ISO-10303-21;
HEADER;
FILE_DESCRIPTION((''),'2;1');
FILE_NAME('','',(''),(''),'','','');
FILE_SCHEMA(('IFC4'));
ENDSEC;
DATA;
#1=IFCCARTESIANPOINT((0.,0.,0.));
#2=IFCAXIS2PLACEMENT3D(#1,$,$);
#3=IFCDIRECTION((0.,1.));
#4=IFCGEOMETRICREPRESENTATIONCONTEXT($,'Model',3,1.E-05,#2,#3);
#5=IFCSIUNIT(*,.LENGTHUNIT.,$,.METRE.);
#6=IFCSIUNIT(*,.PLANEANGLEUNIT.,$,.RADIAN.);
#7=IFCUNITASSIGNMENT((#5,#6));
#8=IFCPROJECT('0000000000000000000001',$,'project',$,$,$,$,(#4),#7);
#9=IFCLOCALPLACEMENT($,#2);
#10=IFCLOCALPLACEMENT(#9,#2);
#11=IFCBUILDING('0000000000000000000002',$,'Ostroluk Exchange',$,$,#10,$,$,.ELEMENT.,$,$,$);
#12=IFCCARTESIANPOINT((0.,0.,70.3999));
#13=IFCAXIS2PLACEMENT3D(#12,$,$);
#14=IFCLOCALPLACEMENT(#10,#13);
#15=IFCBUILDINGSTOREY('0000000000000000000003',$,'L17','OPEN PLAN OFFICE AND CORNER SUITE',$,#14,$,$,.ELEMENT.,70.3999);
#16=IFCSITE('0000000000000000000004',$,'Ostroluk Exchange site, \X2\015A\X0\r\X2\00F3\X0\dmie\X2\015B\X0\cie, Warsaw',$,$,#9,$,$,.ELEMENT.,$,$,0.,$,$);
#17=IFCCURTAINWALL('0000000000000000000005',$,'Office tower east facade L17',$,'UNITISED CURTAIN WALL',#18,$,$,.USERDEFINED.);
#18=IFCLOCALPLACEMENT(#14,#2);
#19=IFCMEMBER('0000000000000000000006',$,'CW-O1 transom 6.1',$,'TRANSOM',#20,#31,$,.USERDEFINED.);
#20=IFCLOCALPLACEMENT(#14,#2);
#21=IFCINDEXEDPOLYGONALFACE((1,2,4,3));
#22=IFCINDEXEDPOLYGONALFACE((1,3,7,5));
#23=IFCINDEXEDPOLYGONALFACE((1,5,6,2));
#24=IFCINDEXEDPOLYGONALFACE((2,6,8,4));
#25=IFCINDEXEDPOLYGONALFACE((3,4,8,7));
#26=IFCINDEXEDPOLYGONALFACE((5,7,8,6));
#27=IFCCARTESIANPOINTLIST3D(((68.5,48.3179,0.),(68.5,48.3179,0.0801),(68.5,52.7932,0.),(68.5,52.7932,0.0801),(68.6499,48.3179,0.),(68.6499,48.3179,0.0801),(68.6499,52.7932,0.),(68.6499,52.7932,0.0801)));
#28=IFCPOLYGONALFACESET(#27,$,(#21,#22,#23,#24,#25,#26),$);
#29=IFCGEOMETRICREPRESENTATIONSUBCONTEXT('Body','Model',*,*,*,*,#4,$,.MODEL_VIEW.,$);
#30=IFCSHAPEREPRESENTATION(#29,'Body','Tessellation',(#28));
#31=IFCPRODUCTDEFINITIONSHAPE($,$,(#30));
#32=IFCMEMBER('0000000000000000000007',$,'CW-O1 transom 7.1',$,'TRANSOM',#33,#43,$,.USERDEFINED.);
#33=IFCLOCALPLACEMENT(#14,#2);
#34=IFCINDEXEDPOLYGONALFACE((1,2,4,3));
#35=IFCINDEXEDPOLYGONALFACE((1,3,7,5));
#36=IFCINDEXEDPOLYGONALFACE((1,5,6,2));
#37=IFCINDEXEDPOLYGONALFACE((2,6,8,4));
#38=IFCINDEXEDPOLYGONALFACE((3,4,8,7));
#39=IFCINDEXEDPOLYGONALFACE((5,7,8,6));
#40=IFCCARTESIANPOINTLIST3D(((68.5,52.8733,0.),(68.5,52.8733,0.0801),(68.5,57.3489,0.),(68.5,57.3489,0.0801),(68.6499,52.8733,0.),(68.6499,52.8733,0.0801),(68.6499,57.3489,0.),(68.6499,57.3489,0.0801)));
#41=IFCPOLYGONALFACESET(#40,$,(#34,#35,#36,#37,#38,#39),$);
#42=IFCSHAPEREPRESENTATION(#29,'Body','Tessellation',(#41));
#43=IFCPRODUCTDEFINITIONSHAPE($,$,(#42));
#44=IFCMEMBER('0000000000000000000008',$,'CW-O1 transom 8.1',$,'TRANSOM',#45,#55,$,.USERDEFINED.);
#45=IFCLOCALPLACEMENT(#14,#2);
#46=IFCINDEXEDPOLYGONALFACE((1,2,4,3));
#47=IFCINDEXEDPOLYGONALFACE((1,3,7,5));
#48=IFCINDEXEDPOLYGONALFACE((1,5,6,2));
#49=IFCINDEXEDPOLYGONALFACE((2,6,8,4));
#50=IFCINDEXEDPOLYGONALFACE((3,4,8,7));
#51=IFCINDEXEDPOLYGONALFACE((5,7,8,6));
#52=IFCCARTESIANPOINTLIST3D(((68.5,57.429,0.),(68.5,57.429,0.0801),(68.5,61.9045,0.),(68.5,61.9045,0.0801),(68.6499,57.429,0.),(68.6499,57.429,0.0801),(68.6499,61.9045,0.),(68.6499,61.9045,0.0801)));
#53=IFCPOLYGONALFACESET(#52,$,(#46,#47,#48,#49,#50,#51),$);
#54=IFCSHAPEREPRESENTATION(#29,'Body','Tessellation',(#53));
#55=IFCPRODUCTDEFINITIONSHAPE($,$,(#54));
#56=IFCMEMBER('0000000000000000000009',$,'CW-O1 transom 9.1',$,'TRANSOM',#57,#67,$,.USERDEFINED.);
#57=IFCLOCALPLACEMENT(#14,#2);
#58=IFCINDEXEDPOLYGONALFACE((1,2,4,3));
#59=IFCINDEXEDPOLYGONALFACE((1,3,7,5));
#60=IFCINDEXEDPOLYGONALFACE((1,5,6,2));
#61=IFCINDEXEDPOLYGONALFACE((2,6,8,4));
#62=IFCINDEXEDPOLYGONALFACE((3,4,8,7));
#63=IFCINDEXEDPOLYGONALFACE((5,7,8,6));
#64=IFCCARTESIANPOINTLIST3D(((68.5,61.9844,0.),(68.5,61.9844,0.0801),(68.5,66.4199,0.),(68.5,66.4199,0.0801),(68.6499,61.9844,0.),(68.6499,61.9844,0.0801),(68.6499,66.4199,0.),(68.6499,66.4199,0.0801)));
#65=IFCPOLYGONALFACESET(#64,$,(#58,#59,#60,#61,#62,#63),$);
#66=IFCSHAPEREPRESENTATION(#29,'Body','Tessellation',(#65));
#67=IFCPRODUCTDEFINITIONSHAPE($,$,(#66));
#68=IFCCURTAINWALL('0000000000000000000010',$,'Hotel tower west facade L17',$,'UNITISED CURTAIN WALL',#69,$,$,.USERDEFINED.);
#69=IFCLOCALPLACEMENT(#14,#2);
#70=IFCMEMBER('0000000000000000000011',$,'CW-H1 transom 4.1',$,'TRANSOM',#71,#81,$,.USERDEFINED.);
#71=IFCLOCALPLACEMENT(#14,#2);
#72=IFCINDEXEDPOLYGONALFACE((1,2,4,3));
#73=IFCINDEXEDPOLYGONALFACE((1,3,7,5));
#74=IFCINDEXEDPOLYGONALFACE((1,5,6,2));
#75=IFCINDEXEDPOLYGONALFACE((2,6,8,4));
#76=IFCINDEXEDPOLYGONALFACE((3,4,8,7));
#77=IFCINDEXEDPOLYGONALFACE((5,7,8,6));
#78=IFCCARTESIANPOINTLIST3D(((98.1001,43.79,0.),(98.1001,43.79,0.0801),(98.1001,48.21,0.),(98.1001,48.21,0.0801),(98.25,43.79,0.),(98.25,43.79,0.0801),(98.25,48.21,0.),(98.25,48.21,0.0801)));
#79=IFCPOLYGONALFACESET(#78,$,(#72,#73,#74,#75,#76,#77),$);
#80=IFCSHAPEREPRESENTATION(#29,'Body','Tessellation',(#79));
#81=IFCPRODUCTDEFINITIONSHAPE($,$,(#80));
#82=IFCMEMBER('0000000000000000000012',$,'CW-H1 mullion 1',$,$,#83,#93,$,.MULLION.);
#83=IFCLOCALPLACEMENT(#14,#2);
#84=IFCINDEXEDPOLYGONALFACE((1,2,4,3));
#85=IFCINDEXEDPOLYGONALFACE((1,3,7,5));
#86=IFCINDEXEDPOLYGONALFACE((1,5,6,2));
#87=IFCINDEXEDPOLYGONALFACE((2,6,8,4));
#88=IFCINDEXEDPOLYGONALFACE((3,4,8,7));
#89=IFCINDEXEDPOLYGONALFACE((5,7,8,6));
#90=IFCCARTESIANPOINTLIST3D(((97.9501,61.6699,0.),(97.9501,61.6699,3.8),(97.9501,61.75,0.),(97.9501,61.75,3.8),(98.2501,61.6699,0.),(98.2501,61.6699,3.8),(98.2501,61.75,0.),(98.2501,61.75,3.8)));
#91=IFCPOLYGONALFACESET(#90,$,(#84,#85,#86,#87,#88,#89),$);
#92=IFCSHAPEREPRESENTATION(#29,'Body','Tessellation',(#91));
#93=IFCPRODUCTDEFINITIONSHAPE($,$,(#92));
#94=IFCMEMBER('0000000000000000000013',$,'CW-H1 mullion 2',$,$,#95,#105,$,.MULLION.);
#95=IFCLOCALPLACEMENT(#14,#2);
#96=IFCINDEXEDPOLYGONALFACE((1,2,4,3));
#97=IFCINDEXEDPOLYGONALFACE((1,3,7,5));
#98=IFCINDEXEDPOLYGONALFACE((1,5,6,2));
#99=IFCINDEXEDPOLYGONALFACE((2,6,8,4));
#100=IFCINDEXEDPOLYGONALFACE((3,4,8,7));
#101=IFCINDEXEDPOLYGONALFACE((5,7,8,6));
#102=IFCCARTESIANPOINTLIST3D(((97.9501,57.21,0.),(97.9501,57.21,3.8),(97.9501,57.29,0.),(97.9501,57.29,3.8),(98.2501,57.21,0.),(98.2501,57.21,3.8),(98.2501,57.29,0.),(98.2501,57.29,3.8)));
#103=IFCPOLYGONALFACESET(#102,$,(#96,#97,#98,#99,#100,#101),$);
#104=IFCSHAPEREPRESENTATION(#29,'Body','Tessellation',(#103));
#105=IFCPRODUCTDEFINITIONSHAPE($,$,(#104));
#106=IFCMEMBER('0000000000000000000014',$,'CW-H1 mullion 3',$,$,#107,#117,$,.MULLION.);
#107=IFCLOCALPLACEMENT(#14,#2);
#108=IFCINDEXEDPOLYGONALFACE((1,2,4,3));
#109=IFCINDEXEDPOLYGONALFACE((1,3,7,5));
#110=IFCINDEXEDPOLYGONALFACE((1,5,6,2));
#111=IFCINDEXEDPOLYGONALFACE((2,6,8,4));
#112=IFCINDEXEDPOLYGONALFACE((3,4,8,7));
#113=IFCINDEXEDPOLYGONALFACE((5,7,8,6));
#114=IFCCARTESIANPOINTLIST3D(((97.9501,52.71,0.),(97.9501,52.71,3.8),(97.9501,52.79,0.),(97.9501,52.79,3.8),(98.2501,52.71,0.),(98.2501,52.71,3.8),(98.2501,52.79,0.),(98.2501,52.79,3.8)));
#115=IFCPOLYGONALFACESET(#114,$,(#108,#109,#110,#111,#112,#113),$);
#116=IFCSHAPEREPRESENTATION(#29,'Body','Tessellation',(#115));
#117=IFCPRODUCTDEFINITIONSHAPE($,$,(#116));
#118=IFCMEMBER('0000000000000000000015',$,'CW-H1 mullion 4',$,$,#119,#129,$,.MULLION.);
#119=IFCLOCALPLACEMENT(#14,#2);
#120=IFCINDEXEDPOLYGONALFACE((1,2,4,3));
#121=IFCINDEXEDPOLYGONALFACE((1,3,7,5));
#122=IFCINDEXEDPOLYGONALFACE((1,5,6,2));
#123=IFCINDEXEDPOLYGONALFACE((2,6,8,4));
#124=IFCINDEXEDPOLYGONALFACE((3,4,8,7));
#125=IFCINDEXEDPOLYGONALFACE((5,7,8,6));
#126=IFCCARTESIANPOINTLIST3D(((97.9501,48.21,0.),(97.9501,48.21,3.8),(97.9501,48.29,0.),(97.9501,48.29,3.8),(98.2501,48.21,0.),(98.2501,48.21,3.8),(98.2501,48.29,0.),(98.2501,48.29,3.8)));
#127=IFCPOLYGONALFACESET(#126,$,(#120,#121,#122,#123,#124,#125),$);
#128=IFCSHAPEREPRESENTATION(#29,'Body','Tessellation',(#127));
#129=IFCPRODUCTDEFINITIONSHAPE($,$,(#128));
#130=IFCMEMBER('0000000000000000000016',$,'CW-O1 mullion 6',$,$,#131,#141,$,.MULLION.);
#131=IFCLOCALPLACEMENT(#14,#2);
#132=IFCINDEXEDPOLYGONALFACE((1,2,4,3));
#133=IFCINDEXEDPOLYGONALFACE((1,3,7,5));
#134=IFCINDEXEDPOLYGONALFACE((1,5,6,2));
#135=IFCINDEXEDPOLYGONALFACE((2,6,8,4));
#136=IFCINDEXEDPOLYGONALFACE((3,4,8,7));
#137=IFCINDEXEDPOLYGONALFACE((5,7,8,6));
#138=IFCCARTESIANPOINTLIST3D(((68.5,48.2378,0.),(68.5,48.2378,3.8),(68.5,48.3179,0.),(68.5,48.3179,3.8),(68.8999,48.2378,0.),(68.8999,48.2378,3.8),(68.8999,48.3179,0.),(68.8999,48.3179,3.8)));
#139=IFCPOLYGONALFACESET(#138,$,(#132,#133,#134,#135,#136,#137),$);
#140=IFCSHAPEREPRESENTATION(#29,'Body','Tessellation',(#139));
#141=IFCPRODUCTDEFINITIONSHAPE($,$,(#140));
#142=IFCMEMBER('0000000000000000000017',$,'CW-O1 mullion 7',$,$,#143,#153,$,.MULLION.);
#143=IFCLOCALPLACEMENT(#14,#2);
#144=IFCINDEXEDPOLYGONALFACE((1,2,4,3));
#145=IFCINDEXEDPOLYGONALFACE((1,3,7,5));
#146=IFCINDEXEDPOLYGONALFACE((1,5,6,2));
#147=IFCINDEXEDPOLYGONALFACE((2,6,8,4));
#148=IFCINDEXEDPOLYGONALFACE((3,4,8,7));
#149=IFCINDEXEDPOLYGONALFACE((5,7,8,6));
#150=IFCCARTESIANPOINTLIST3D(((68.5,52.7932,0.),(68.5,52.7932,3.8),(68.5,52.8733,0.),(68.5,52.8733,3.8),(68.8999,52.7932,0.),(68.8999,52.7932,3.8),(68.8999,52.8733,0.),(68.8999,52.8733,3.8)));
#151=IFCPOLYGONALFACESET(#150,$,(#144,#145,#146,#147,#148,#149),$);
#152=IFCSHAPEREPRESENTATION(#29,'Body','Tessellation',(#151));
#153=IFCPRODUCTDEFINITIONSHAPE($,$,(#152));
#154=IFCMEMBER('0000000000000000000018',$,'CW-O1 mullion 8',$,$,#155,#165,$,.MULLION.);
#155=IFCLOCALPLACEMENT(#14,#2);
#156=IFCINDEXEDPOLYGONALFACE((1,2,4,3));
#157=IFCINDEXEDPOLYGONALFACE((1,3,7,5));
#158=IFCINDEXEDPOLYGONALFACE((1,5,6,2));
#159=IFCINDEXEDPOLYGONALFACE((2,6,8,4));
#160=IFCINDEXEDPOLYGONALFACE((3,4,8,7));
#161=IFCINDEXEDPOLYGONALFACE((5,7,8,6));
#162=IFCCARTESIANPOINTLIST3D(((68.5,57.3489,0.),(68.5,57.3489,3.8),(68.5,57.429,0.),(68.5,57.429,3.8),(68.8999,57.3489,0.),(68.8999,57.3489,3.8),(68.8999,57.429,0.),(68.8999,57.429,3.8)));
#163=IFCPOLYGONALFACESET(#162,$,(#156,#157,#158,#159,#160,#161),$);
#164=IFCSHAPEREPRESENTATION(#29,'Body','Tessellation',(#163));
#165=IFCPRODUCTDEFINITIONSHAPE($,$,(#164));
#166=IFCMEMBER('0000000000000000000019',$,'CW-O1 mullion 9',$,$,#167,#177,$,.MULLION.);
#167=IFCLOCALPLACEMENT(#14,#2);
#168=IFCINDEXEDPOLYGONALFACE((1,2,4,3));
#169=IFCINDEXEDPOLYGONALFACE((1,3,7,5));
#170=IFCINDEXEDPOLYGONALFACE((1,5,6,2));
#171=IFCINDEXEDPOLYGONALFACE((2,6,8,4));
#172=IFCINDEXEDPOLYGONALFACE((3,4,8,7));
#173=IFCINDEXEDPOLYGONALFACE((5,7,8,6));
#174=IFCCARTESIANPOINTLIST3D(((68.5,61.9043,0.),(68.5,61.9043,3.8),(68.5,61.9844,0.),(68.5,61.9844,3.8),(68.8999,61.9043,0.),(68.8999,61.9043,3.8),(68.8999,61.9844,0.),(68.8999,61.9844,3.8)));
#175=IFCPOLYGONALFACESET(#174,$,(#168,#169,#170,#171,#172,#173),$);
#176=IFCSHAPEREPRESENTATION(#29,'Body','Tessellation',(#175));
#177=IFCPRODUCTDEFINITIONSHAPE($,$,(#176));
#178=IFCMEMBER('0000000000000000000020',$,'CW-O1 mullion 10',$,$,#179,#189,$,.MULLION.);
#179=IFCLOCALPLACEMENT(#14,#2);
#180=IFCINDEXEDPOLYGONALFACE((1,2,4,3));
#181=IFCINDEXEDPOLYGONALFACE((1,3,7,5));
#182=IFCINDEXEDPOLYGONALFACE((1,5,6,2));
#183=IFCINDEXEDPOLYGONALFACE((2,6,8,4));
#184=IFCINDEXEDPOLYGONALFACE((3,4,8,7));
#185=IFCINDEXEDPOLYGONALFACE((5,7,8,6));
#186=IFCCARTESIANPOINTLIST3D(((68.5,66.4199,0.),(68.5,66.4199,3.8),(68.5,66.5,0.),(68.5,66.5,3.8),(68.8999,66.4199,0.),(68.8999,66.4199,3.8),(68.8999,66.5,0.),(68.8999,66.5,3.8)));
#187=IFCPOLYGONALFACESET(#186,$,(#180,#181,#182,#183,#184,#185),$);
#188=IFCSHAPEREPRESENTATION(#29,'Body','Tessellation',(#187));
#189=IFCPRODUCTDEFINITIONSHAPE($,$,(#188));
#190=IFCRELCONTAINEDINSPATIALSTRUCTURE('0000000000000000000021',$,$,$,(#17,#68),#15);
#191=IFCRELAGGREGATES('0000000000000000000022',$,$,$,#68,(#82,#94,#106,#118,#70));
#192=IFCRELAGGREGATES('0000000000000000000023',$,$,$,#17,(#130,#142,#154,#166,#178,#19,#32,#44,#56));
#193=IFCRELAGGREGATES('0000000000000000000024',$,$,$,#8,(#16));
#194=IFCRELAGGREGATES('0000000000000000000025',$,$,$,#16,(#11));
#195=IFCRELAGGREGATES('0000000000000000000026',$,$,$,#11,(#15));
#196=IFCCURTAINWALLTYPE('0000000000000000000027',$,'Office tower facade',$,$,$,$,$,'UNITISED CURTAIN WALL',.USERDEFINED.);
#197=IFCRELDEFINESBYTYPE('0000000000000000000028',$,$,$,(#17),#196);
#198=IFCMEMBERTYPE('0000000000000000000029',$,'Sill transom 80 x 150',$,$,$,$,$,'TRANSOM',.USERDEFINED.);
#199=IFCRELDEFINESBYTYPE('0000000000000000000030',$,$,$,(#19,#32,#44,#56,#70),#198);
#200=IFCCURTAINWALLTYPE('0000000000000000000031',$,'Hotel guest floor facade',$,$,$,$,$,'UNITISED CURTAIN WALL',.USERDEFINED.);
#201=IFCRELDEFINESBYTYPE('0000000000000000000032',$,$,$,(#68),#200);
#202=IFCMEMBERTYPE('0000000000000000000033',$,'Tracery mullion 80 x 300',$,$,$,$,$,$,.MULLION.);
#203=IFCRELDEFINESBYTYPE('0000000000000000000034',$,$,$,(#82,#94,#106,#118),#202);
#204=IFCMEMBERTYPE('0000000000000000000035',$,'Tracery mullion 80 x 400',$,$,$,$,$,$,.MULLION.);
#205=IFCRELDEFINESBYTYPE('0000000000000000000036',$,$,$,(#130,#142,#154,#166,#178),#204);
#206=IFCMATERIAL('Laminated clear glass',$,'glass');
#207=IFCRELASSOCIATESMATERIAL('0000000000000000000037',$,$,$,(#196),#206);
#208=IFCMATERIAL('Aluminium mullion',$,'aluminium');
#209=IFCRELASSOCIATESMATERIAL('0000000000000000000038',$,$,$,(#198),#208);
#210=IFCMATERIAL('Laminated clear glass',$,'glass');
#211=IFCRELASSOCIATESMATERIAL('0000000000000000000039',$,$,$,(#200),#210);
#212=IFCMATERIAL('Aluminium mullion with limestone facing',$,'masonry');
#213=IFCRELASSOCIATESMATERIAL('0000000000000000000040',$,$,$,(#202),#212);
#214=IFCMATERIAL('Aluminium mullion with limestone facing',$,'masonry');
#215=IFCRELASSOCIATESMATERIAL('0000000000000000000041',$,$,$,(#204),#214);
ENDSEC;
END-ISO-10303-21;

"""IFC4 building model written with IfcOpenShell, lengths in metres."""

from ifc_helpers import new_model, si_unit, direction, frame, origin, origin_2d, place, context, subcontext, project, spatial, rectangle, extrude, material, material_profile, profile_set, type_object, element, aggregate, save


model = new_model("IFC4")

# Units and contexts
model_context = context("Model", 3, precision=1e-05, world=origin(), true_north=direction((0.0, 1.0)))
body_context = subcontext(model_context, "Body", "Model", "MODEL_VIEW")
ifc_project = project(units=[si_unit("LENGTHUNIT", "METRE"), si_unit("PLANEANGLEUNIT", "RADIAN")], contexts=[model_context])

# Site, building, storey
site_placement = place(None, origin())
site = spatial("IfcSite", under=ifc_project, at=site_placement, Name="Ostroluk Exchange site, Śródmieście, Warsaw", CompositionType="ELEMENT", RefElevation=0.0)
building_placement = place(site_placement, origin())
building = spatial("IfcBuilding", under=site, at=building_placement, Name="Ostroluk Exchange", CompositionType="ELEMENT")
storey_placement = place(building_placement, frame((0.0, 0.0, 70.3999)))
storey = spatial("IfcBuildingStorey", under=building, at=storey_placement, Name="L17", Description="OPEN PLAN OFFICE AND CORNER SUITE", CompositionType="ELEMENT", Elevation=70.3999)

# Curtain walls, members
ifc_material_1 = material(Name="Laminated clear glass", Category="glass")
curtain_wall_type_1 = type_object("IfcCurtainWallType", Name="Office tower facade", ElementType="UNITISED CURTAIN WALL", PredefinedType="USERDEFINED", material=ifc_material_1)
curtain_wall_1_placement = place(storey_placement, origin())
curtain_wall_1 = element("IfcCurtainWall", 1, at=curtain_wall_1_placement, inside=storey, type_object=curtain_wall_type_1, Name="Office tower east facade L17", ObjectType="UNITISED CURTAIN WALL", PredefinedType="USERDEFINED")
ifc_material_2 = material(Name="Aluminium mullion", Category="aluminium")
ifc_material_profile_1 = material_profile(ifc_material_2, rectangle(XDim=0.1499, YDim=0.0801, at=origin_2d()), Name="Sill transom 80 x 150")
ifc_profile_set_1 = profile_set([ifc_material_profile_1], Name="Aluminium mullion")
member_type_1 = type_object("IfcMemberType", Name="Sill transom 80 x 150", ElementType="TRANSOM", PredefinedType="USERDEFINED", material=ifc_profile_set_1)
member_1_placement = place(storey_placement, frame((68.575, 48.3179, 0.04), z_axis=(0.0, 1.0, 0.0), x_axis=(-1.0, 0.0, 0.0)))
member_1 = element("IfcMember", 2, at=member_1_placement, type_object=member_type_1, Name="CW-O1 transom 6.1", ObjectType="TRANSOM", PredefinedType="USERDEFINED", context=body_context, shape_type="SweptSolid", body=[
    extrude(rectangle(XDim=0.1499, YDim=0.0801, at=origin_2d()), origin(), (0.0, 0.0, 1.0), 4.4753),
])
member_2_placement = place(storey_placement, frame((68.575, 52.8733, 0.04), z_axis=(0.0, 1.0, 0.0), x_axis=(-1.0, 0.0, 0.0)))
member_2 = element("IfcMember", 3, at=member_2_placement, type_object=member_type_1, Name="CW-O1 transom 7.1", ObjectType="TRANSOM", PredefinedType="USERDEFINED", context=body_context, shape_type="SweptSolid", body=[
    extrude(rectangle(XDim=0.1499, YDim=0.0801, at=origin_2d()), origin(), (0.0, 0.0, 1.0), 4.4756),
])
member_3_placement = place(storey_placement, frame((68.575, 57.429, 0.04), z_axis=(0.0, 1.0, 0.0), x_axis=(-1.0, 0.0, 0.0)))
member_3 = element("IfcMember", 4, at=member_3_placement, type_object=member_type_1, Name="CW-O1 transom 8.1", ObjectType="TRANSOM", PredefinedType="USERDEFINED", context=body_context, shape_type="SweptSolid", body=[
    extrude(rectangle(XDim=0.1499, YDim=0.0801, at=origin_2d()), origin(), (0.0, 0.0, 1.0), 4.4756),
])
member_4_placement = place(storey_placement, frame((68.575, 61.9844, 0.04), z_axis=(0.0, 1.0, 0.0), x_axis=(-1.0, 0.0, 0.0)))
member_4 = element("IfcMember", 5, at=member_4_placement, type_object=member_type_1, Name="CW-O1 transom 9.1", ObjectType="TRANSOM", PredefinedType="USERDEFINED", context=body_context, shape_type="SweptSolid", body=[
    extrude(rectangle(XDim=0.1499, YDim=0.0801, at=origin_2d()), origin(), (0.0, 0.0, 1.0), 4.4355),
])
ifc_material_3 = material(Name="Laminated clear glass", Category="glass")
curtain_wall_type_2 = type_object("IfcCurtainWallType", Name="Hotel guest floor facade", ElementType="UNITISED CURTAIN WALL", PredefinedType="USERDEFINED", material=ifc_material_3)
curtain_wall_2_placement = place(storey_placement, origin())
curtain_wall_2 = element("IfcCurtainWall", 6, at=curtain_wall_2_placement, inside=storey, type_object=curtain_wall_type_2, Name="Hotel tower west facade L17", ObjectType="UNITISED CURTAIN WALL", PredefinedType="USERDEFINED")
member_5_placement = place(storey_placement, frame((98.175, 48.21, 0.04), z_axis=(0.0, -1.0, 0.0), x_axis=(1.0, 0.0, 0.0)))
member_5 = element("IfcMember", 7, at=member_5_placement, type_object=member_type_1, Name="CW-H1 transom 4.1", ObjectType="TRANSOM", PredefinedType="USERDEFINED", context=body_context, shape_type="SweptSolid", body=[
    extrude(rectangle(XDim=0.1499, YDim=0.0801, at=origin_2d()), origin(), (0.0, 0.0, 1.0), 4.4199),
])
ifc_material_4 = material(Name="Aluminium mullion with limestone facing", Category="masonry")
ifc_material_profile_2 = material_profile(ifc_material_4, rectangle(XDim=0.3, YDim=0.0801, at=origin_2d()), Name="Tracery mullion 80 x 300")
ifc_profile_set_2 = profile_set([ifc_material_profile_2], Name="Aluminium mullion with limestone facing")
member_type_2 = type_object("IfcMemberType", Name="Tracery mullion 80 x 300", PredefinedType="MULLION", material=ifc_profile_set_2)
member_6_placement = place(storey_placement, frame((98.1001, 61.71, 0.0), z_axis=(0.0, 0.0, 1.0), x_axis=(1.0, 0.0, 0.0)))
member_6 = element("IfcMember", 8, at=member_6_placement, type_object=member_type_2, Name="CW-H1 mullion 1", PredefinedType="MULLION", context=body_context, shape_type="SweptSolid", body=[
    extrude(rectangle(XDim=0.3, YDim=0.0801, at=origin_2d()), origin(), (0.0, 0.0, 1.0), 3.8),
])
member_7_placement = place(storey_placement, frame((98.1001, 57.25, 0.0), z_axis=(0.0, 0.0, 1.0), x_axis=(1.0, 0.0, 0.0)))
member_7 = element("IfcMember", 9, at=member_7_placement, type_object=member_type_2, Name="CW-H1 mullion 2", PredefinedType="MULLION", context=body_context, shape_type="SweptSolid", body=[
    extrude(rectangle(XDim=0.3, YDim=0.0801, at=origin_2d()), origin(), (0.0, 0.0, 1.0), 3.8),
])
member_8_placement = place(storey_placement, frame((98.1001, 52.75, 0.0), z_axis=(0.0, 0.0, 1.0), x_axis=(1.0, 0.0, 0.0)))
member_8 = element("IfcMember", 10, at=member_8_placement, type_object=member_type_2, Name="CW-H1 mullion 3", PredefinedType="MULLION", context=body_context, shape_type="SweptSolid", body=[
    extrude(rectangle(XDim=0.3, YDim=0.0801, at=origin_2d()), origin(), (0.0, 0.0, 1.0), 3.8),
])
member_9_placement = place(storey_placement, frame((98.1001, 48.25, 0.0), z_axis=(0.0, 0.0, 1.0), x_axis=(1.0, 0.0, 0.0)))
member_9 = element("IfcMember", 11, at=member_9_placement, type_object=member_type_2, Name="CW-H1 mullion 4", PredefinedType="MULLION", context=body_context, shape_type="SweptSolid", body=[
    extrude(rectangle(XDim=0.3, YDim=0.0801, at=origin_2d()), origin(), (0.0, 0.0, 1.0), 3.8),
])

# Members
ifc_material_5 = material(Name="Aluminium mullion with limestone facing", Category="masonry")
ifc_material_profile_3 = material_profile(ifc_material_5, rectangle(XDim=0.3999, YDim=0.0801, at=origin_2d()), Name="Tracery mullion 80 x 400")
ifc_profile_set_3 = profile_set([ifc_material_profile_3], Name="Aluminium mullion with limestone facing")
member_type_3 = type_object("IfcMemberType", Name="Tracery mullion 80 x 400", PredefinedType="MULLION", material=ifc_profile_set_3)
member_10_placement = place(storey_placement, frame((68.7, 48.2778, 0.0), z_axis=(0.0, 0.0, 1.0), x_axis=(-1.0, 0.0, 0.0)))
member_10 = element("IfcMember", 12, at=member_10_placement, type_object=member_type_3, Name="CW-O1 mullion 6", PredefinedType="MULLION", context=body_context, shape_type="SweptSolid", body=[
    extrude(rectangle(XDim=0.3999, YDim=0.0801, at=origin_2d()), origin(), (0.0, 0.0, 1.0), 3.8),
])
member_11_placement = place(storey_placement, frame((68.7, 52.8333, 0.0), z_axis=(0.0, 0.0, 1.0), x_axis=(-1.0, 0.0, 0.0)))
member_11 = element("IfcMember", 13, at=member_11_placement, type_object=member_type_3, Name="CW-O1 mullion 7", PredefinedType="MULLION", context=body_context, shape_type="SweptSolid", body=[
    extrude(rectangle(XDim=0.3999, YDim=0.0801, at=origin_2d()), origin(), (0.0, 0.0, 1.0), 3.8),
])
member_12_placement = place(storey_placement, frame((68.7, 57.3889, 0.0), z_axis=(0.0, 0.0, 1.0), x_axis=(-1.0, 0.0, 0.0)))
member_12 = element("IfcMember", 14, at=member_12_placement, type_object=member_type_3, Name="CW-O1 mullion 8", PredefinedType="MULLION", context=body_context, shape_type="SweptSolid", body=[
    extrude(rectangle(XDim=0.3999, YDim=0.0801, at=origin_2d()), origin(), (0.0, 0.0, 1.0), 3.8),
])
member_13_placement = place(storey_placement, frame((68.7, 61.9443, 0.0), z_axis=(0.0, 0.0, 1.0), x_axis=(-1.0, 0.0, 0.0)))
member_13 = element("IfcMember", 15, at=member_13_placement, type_object=member_type_3, Name="CW-O1 mullion 9", PredefinedType="MULLION", context=body_context, shape_type="SweptSolid", body=[
    extrude(rectangle(XDim=0.3999, YDim=0.0801, at=origin_2d()), origin(), (0.0, 0.0, 1.0), 3.8),
])
member_14_placement = place(storey_placement, frame((68.7, 66.46, 0.0), z_axis=(0.0, 0.0, 1.0), x_axis=(-1.0, 0.0, 0.0)))
member_14 = element("IfcMember", 16, at=member_14_placement, type_object=member_type_3, Name="CW-O1 mullion 10", PredefinedType="MULLION", context=body_context, shape_type="SweptSolid", body=[
    extrude(rectangle(XDim=0.3999, YDim=0.0801, at=origin_2d()), origin(), (0.0, 0.0, 1.0), 3.8),
])

aggregate(curtain_wall_2, [member_6, member_7, member_8, member_9, member_5])
aggregate(curtain_wall_1, [member_10, member_11, member_12, member_13, member_14, member_1, member_2, member_3, member_4])

save(model, "model.ifc")
